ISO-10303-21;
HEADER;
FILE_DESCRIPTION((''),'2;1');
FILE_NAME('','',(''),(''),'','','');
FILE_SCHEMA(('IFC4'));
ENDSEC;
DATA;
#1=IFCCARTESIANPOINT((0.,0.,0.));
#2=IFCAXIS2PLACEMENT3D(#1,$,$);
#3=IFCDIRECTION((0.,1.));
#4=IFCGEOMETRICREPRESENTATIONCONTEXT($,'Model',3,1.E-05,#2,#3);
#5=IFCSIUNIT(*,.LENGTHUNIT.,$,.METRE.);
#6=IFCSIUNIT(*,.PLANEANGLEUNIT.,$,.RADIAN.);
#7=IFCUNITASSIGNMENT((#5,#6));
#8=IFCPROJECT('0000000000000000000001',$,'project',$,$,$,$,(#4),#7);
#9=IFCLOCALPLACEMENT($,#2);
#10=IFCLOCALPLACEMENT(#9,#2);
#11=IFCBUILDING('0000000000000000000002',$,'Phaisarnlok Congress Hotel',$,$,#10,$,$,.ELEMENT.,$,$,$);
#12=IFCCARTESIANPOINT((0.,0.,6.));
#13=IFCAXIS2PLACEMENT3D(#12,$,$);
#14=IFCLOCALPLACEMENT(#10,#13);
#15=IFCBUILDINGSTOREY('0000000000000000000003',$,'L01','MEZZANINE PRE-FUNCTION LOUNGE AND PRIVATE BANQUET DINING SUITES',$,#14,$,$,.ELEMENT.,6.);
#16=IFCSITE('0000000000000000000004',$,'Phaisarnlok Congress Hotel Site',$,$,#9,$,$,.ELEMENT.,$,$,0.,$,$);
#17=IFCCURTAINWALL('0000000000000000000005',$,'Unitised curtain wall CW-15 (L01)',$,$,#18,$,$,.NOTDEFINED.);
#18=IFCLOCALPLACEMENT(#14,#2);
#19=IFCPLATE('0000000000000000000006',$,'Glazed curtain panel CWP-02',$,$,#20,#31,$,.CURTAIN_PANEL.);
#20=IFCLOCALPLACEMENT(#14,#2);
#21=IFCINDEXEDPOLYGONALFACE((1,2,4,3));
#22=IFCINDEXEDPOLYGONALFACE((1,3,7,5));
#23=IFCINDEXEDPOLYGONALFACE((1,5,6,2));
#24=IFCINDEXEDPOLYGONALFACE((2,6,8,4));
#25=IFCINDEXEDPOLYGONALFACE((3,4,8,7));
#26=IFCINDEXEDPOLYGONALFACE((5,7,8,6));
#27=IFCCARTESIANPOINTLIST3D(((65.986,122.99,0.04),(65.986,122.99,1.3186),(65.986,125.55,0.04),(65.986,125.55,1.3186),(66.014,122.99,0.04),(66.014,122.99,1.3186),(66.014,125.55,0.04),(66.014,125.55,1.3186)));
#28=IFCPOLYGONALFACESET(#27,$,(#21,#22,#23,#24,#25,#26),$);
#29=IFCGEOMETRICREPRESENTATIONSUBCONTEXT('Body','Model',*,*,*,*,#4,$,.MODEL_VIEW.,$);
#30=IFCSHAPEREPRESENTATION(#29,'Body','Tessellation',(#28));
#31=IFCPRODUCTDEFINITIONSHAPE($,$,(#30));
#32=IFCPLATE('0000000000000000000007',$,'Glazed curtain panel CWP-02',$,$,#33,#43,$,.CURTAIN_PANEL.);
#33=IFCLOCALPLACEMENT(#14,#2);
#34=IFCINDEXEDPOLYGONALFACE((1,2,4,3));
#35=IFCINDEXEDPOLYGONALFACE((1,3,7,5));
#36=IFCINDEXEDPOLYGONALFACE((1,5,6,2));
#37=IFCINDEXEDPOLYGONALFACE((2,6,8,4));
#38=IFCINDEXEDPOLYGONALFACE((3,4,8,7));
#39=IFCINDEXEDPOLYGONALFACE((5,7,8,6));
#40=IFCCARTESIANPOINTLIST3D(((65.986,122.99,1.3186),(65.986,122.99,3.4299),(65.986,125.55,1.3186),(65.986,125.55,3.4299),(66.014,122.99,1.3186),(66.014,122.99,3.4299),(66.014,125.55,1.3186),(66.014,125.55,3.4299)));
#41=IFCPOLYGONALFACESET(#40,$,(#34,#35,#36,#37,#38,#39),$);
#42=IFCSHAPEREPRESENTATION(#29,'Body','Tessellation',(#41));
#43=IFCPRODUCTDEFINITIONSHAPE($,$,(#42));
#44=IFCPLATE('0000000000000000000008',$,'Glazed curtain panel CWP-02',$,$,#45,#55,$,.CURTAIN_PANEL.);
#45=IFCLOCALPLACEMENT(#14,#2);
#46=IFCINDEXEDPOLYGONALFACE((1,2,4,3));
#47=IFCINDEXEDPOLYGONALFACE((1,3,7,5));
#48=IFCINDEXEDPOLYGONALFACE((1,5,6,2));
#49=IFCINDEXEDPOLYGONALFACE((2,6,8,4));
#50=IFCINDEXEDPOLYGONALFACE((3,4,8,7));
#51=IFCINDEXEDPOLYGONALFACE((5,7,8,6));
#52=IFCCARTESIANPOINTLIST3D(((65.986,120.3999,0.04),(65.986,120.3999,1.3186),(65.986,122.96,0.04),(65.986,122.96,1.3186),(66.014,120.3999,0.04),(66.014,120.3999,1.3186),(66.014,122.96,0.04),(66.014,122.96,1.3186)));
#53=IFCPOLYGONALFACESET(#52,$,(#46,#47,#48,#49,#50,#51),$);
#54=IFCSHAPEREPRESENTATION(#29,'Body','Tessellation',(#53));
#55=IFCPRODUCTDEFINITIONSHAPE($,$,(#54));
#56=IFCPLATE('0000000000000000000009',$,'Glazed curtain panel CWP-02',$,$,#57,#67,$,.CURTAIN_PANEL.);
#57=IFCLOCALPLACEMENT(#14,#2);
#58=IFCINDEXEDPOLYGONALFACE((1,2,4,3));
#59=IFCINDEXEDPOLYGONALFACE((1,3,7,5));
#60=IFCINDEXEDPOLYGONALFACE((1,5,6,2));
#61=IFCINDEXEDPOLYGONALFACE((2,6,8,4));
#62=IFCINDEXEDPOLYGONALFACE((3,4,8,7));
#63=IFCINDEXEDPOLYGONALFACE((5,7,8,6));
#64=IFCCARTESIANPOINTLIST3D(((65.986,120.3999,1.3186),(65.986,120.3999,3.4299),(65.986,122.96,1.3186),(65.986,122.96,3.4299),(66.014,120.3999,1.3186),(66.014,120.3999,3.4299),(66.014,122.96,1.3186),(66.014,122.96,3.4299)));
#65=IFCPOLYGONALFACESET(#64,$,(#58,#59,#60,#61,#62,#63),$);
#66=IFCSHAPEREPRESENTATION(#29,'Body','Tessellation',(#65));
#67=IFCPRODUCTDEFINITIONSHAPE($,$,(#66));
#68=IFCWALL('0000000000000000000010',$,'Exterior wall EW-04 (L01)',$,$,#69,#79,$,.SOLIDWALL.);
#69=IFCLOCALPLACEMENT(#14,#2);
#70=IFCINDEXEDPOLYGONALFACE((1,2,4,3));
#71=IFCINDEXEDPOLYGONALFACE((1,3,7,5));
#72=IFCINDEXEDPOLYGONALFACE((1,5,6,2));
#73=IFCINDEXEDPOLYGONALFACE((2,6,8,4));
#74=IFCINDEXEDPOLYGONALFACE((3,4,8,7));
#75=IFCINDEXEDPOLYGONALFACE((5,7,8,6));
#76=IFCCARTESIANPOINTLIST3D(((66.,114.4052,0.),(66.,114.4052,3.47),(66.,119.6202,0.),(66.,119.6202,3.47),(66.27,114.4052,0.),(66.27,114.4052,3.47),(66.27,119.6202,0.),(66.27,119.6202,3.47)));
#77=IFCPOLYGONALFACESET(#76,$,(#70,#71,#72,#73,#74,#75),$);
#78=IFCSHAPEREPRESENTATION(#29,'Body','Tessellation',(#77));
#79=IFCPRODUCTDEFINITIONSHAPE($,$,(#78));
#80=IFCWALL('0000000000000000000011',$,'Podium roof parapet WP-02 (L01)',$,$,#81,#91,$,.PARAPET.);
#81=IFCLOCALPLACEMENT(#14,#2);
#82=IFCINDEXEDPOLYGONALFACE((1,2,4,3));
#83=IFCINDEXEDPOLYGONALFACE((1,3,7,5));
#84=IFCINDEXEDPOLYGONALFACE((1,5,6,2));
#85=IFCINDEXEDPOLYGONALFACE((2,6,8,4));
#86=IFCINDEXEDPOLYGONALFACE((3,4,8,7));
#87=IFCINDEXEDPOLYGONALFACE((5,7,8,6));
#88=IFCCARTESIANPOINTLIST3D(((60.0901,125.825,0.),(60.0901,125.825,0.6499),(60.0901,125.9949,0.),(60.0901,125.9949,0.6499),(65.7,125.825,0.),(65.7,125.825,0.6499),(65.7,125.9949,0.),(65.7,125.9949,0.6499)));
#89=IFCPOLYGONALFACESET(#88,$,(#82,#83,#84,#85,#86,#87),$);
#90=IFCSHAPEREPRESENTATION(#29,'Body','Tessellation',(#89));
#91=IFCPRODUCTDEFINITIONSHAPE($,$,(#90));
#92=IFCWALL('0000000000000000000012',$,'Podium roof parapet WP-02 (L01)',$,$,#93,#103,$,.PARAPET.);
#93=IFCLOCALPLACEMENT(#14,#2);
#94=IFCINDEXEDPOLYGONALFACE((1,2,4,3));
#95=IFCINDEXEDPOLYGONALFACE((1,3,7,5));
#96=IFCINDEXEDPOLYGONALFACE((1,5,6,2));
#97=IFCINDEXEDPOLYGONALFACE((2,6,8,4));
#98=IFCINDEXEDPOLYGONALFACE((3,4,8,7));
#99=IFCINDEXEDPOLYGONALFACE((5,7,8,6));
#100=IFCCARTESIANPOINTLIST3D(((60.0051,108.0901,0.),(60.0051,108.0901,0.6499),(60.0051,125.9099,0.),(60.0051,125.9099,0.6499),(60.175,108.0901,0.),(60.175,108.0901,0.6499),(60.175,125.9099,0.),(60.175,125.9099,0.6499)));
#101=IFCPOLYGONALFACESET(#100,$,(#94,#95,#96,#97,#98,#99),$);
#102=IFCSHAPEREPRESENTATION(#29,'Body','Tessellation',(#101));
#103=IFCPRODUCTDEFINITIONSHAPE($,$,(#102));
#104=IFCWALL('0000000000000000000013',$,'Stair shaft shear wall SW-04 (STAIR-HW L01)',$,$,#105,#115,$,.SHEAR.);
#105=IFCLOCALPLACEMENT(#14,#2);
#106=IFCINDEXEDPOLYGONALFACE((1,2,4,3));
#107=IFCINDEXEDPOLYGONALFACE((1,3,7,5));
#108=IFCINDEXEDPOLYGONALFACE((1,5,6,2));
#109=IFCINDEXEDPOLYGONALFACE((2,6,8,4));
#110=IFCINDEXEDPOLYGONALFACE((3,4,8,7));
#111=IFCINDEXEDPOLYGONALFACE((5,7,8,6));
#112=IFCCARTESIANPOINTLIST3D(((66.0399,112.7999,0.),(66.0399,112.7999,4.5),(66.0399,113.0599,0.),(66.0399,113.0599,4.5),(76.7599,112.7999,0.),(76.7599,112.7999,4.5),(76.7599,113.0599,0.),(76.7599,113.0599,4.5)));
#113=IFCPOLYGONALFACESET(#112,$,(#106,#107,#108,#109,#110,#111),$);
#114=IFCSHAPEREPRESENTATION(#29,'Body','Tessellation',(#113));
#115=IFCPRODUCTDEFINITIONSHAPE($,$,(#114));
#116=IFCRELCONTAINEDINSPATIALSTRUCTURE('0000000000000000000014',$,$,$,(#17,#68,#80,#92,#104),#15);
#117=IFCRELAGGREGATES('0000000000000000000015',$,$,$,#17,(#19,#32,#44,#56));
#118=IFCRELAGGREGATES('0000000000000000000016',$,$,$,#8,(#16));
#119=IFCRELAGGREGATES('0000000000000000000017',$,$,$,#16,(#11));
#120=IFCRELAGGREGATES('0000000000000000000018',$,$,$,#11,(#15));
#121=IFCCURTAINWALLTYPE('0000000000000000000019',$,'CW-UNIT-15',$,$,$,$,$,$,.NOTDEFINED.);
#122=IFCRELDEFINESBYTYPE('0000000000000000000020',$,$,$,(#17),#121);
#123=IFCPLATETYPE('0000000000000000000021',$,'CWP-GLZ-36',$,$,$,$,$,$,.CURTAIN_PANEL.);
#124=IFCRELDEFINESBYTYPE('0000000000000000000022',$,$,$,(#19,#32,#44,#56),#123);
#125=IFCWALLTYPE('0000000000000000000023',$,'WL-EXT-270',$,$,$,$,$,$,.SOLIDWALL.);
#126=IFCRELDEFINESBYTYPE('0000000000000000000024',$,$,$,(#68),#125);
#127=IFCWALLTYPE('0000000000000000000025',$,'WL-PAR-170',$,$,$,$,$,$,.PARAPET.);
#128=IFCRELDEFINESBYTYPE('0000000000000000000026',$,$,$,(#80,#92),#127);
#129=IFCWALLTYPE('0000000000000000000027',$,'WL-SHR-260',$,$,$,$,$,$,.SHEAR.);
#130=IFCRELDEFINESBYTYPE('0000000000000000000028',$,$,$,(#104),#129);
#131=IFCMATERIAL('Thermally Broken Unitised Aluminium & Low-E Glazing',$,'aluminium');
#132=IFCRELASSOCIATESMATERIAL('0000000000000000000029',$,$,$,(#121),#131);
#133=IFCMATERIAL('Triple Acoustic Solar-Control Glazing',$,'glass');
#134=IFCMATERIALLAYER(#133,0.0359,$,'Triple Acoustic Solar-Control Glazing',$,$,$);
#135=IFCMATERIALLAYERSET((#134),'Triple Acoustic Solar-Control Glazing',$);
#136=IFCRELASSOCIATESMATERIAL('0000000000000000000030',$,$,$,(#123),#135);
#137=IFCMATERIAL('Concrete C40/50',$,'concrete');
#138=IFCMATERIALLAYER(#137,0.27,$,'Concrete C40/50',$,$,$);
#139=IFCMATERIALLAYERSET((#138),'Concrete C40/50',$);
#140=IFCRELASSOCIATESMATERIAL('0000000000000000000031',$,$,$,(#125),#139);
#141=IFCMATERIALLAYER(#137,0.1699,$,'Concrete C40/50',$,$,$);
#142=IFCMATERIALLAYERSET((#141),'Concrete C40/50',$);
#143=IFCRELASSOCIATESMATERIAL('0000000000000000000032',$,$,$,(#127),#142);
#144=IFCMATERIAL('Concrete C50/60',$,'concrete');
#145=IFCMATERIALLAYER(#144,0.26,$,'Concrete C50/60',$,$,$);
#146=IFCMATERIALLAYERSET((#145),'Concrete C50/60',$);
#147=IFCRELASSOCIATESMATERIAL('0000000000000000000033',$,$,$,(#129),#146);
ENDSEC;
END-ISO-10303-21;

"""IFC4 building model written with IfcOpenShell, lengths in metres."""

from ifc_helpers import new_model, si_unit, direction, frame, frame_2d, origin, place, context, subcontext, project, spatial, rectangle, extrude, material, layer, layer_set, type_object, element, aggregate, save


model = new_model("IFC4")

# Units and contexts
model_context = context("Model", 3, precision=1e-05, world=origin(), true_north=direction((0.0, 1.0)))
body_context = subcontext(model_context, "Body", "Model", "MODEL_VIEW")
ifc_project = project(units=[si_unit("LENGTHUNIT", "METRE"), si_unit("PLANEANGLEUNIT", "RADIAN")], contexts=[model_context])

# Site, building, storey
site_placement = place(None, origin())
site = spatial("IfcSite", under=ifc_project, at=site_placement, Name="Phaisarnlok Congress Hotel Site", CompositionType="ELEMENT", RefElevation=0.0)
building_placement = place(site_placement, origin())
building = spatial("IfcBuilding", under=site, at=building_placement, Name="Phaisarnlok Congress Hotel", CompositionType="ELEMENT")
storey_placement = place(building_placement, frame((0.0, 0.0, 6.0)))
storey = spatial("IfcBuildingStorey", under=building, at=storey_placement, Name="L01", Description="MEZZANINE PRE-FUNCTION LOUNGE AND PRIVATE BANQUET DINING SUITES", CompositionType="ELEMENT", Elevation=6.0)

# Shared definitions
ifc_material_1 = material(Name="Concrete C50/60", Category="concrete")

# Curtain wall
ifc_material_2 = material(Name="Thermally Broken Unitised Aluminium & Low-E Glazing", Category="aluminium")
curtain_wall_type = type_object("IfcCurtainWallType", Name="CW-UNIT-15", PredefinedType="NOTDEFINED", material=ifc_material_2)
curtain_wall_placement = place(storey_placement, origin())
curtain_wall = element("IfcCurtainWall", 1, at=curtain_wall_placement, inside=storey, type_object=curtain_wall_type, Name="Unitised curtain wall CW-15 (L01)", PredefinedType="NOTDEFINED")

# Shared definitions
ifc_material_3 = material(Name="Concrete C40/50", Category="concrete")

# Plates
ifc_material_4 = material(Name="Triple Acoustic Solar-Control Glazing", Category="glass")
ifc_layer_1 = layer(ifc_material_4, 0.0359, Name="Triple Acoustic Solar-Control Glazing")
ifc_layer_set_1 = layer_set([ifc_layer_1], Name="Triple Acoustic Solar-Control Glazing")
plate_type = type_object("IfcPlateType", Name="CWP-GLZ-36", PredefinedType="CURTAIN_PANEL", material=ifc_layer_set_1)
plate_1_placement = place(storey_placement, frame((66.0, 125.55, 0.04), z_axis=(0.0, 0.0, 1.0), x_axis=(0.0, -1.0, 0.0)))
plate_1 = element("IfcPlate", 2, at=plate_1_placement, type_object=plate_type, Name="Glazed curtain panel CWP-02", PredefinedType="CURTAIN_PANEL", context=body_context, shape_type="SweptSolid", body=[
    extrude(rectangle(XDim=2.5601, YDim=0.0281, at=frame_2d((1.28, 0.0))), origin(), (0.0, 0.0, 1.0), 1.2786),
])
plate_2_placement = place(storey_placement, frame((66.0, 125.55, 1.3186), z_axis=(0.0, 0.0, 1.0), x_axis=(0.0, -1.0, 0.0)))
plate_2 = element("IfcPlate", 3, at=plate_2_placement, type_object=plate_type, Name="Glazed curtain panel CWP-02", PredefinedType="CURTAIN_PANEL", context=body_context, shape_type="SweptSolid", body=[
    extrude(rectangle(XDim=2.5601, YDim=0.0281, at=frame_2d((1.28, 0.0))), origin(), (0.0, 0.0, 1.0), 2.1113),
])
plate_3_placement = place(storey_placement, frame((66.0, 122.96, 0.04), z_axis=(0.0, 0.0, 1.0), x_axis=(0.0, -1.0, 0.0)))
plate_3 = element("IfcPlate", 4, at=plate_3_placement, type_object=plate_type, Name="Glazed curtain panel CWP-02", PredefinedType="CURTAIN_PANEL", context=body_context, shape_type="SweptSolid", body=[
    extrude(rectangle(XDim=2.5601, YDim=0.0281, at=frame_2d((1.28, 0.0))), origin(), (0.0, 0.0, 1.0), 1.2786),
])
plate_4_placement = place(storey_placement, frame((66.0, 122.96, 1.3186), z_axis=(0.0, 0.0, 1.0), x_axis=(0.0, -1.0, 0.0)))
plate_4 = element("IfcPlate", 5, at=plate_4_placement, type_object=plate_type, Name="Glazed curtain panel CWP-02", PredefinedType="CURTAIN_PANEL", context=body_context, shape_type="SweptSolid", body=[
    extrude(rectangle(XDim=2.5601, YDim=0.0281, at=frame_2d((1.28, 0.0))), origin(), (0.0, 0.0, 1.0), 2.1113),
])
aggregate(curtain_wall, [plate_1, plate_2, plate_3, plate_4])

# Walls
ifc_layer_2 = layer(ifc_material_3, 0.27, Name="Concrete C40/50")
ifc_layer_set_2 = layer_set([ifc_layer_2], Name="Concrete C40/50")
wall_type_1 = type_object("IfcWallType", Name="WL-EXT-270", PredefinedType="SOLIDWALL", material=ifc_layer_set_2)
wall_1_placement = place(storey_placement, frame((66.135, 119.6201, 0.0), z_axis=(0.0, 0.0, 1.0), x_axis=(0.0, -1.0, 0.0)))
element("IfcWall", 6, at=wall_1_placement, inside=storey, type_object=wall_type_1, Name="Exterior wall EW-04 (L01)", PredefinedType="SOLIDWALL", context=body_context, shape_type="SweptSolid", body=[
    extrude(rectangle(XDim=5.2151, YDim=0.27, at=frame_2d((2.6074, 0.0))), origin(), (0.0, 0.0, 1.0), 3.47),
])
ifc_layer_3 = layer(ifc_material_3, 0.1699, Name="Concrete C40/50")
ifc_layer_set_3 = layer_set([ifc_layer_3], Name="Concrete C40/50")
wall_type_2 = type_object("IfcWallType", Name="WL-PAR-170", PredefinedType="PARAPET", material=ifc_layer_set_3)
wall_2_placement = place(storey_placement, frame((65.7, 125.9099, 0.0), z_axis=(0.0, 0.0, 1.0), x_axis=(-1.0, 0.0, 0.0)))
element("IfcWall", 7, at=wall_2_placement, inside=storey, type_object=wall_type_2, Name="Podium roof parapet WP-02 (L01)", PredefinedType="PARAPET", context=body_context, shape_type="SweptSolid", body=[
    extrude(rectangle(XDim=5.6099, YDim=0.1699, at=frame_2d((2.8049, 0.0))), origin(), (0.0, 0.0, 1.0), 0.6499),
])
wall_3_placement = place(storey_placement, frame((60.0901, 125.9099, 0.0), z_axis=(0.0, 0.0, 1.0), x_axis=(0.0, -1.0, 0.0)))
element("IfcWall", 8, at=wall_3_placement, inside=storey, type_object=wall_type_2, Name="Podium roof parapet WP-02 (L01)", PredefinedType="PARAPET", context=body_context, shape_type="SweptSolid", body=[
    extrude(rectangle(XDim=17.8198, YDim=0.1699, at=frame_2d((8.9099, 0.0))), origin(), (0.0, 0.0, 1.0), 0.6499),
])
ifc_layer_4 = layer(ifc_material_1, 0.26, Name="Concrete C50/60")
ifc_layer_set_4 = layer_set([ifc_layer_4], Name="Concrete C50/60")
wall_type_3 = type_object("IfcWallType", Name="WL-SHR-260", PredefinedType="SHEAR", material=ifc_layer_set_4)
wall_4_placement = place(storey_placement, frame((66.04, 112.9299, 0.0), z_axis=(0.0, 0.0, 1.0), x_axis=(1.0, 0.0, 0.0)))
element("IfcWall", 9, at=wall_4_placement, inside=storey, type_object=wall_type_3, Name="Stair shaft shear wall SW-04 (STAIR-HW L01)", PredefinedType="SHEAR", context=body_context, shape_type="SweptSolid", body=[
    extrude(rectangle(XDim=10.72, YDim=0.26, at=frame_2d((5.3599, 0.0))), origin(), (0.0, 0.0, 1.0), 4.5),
])

save(model, "model.ifc")
